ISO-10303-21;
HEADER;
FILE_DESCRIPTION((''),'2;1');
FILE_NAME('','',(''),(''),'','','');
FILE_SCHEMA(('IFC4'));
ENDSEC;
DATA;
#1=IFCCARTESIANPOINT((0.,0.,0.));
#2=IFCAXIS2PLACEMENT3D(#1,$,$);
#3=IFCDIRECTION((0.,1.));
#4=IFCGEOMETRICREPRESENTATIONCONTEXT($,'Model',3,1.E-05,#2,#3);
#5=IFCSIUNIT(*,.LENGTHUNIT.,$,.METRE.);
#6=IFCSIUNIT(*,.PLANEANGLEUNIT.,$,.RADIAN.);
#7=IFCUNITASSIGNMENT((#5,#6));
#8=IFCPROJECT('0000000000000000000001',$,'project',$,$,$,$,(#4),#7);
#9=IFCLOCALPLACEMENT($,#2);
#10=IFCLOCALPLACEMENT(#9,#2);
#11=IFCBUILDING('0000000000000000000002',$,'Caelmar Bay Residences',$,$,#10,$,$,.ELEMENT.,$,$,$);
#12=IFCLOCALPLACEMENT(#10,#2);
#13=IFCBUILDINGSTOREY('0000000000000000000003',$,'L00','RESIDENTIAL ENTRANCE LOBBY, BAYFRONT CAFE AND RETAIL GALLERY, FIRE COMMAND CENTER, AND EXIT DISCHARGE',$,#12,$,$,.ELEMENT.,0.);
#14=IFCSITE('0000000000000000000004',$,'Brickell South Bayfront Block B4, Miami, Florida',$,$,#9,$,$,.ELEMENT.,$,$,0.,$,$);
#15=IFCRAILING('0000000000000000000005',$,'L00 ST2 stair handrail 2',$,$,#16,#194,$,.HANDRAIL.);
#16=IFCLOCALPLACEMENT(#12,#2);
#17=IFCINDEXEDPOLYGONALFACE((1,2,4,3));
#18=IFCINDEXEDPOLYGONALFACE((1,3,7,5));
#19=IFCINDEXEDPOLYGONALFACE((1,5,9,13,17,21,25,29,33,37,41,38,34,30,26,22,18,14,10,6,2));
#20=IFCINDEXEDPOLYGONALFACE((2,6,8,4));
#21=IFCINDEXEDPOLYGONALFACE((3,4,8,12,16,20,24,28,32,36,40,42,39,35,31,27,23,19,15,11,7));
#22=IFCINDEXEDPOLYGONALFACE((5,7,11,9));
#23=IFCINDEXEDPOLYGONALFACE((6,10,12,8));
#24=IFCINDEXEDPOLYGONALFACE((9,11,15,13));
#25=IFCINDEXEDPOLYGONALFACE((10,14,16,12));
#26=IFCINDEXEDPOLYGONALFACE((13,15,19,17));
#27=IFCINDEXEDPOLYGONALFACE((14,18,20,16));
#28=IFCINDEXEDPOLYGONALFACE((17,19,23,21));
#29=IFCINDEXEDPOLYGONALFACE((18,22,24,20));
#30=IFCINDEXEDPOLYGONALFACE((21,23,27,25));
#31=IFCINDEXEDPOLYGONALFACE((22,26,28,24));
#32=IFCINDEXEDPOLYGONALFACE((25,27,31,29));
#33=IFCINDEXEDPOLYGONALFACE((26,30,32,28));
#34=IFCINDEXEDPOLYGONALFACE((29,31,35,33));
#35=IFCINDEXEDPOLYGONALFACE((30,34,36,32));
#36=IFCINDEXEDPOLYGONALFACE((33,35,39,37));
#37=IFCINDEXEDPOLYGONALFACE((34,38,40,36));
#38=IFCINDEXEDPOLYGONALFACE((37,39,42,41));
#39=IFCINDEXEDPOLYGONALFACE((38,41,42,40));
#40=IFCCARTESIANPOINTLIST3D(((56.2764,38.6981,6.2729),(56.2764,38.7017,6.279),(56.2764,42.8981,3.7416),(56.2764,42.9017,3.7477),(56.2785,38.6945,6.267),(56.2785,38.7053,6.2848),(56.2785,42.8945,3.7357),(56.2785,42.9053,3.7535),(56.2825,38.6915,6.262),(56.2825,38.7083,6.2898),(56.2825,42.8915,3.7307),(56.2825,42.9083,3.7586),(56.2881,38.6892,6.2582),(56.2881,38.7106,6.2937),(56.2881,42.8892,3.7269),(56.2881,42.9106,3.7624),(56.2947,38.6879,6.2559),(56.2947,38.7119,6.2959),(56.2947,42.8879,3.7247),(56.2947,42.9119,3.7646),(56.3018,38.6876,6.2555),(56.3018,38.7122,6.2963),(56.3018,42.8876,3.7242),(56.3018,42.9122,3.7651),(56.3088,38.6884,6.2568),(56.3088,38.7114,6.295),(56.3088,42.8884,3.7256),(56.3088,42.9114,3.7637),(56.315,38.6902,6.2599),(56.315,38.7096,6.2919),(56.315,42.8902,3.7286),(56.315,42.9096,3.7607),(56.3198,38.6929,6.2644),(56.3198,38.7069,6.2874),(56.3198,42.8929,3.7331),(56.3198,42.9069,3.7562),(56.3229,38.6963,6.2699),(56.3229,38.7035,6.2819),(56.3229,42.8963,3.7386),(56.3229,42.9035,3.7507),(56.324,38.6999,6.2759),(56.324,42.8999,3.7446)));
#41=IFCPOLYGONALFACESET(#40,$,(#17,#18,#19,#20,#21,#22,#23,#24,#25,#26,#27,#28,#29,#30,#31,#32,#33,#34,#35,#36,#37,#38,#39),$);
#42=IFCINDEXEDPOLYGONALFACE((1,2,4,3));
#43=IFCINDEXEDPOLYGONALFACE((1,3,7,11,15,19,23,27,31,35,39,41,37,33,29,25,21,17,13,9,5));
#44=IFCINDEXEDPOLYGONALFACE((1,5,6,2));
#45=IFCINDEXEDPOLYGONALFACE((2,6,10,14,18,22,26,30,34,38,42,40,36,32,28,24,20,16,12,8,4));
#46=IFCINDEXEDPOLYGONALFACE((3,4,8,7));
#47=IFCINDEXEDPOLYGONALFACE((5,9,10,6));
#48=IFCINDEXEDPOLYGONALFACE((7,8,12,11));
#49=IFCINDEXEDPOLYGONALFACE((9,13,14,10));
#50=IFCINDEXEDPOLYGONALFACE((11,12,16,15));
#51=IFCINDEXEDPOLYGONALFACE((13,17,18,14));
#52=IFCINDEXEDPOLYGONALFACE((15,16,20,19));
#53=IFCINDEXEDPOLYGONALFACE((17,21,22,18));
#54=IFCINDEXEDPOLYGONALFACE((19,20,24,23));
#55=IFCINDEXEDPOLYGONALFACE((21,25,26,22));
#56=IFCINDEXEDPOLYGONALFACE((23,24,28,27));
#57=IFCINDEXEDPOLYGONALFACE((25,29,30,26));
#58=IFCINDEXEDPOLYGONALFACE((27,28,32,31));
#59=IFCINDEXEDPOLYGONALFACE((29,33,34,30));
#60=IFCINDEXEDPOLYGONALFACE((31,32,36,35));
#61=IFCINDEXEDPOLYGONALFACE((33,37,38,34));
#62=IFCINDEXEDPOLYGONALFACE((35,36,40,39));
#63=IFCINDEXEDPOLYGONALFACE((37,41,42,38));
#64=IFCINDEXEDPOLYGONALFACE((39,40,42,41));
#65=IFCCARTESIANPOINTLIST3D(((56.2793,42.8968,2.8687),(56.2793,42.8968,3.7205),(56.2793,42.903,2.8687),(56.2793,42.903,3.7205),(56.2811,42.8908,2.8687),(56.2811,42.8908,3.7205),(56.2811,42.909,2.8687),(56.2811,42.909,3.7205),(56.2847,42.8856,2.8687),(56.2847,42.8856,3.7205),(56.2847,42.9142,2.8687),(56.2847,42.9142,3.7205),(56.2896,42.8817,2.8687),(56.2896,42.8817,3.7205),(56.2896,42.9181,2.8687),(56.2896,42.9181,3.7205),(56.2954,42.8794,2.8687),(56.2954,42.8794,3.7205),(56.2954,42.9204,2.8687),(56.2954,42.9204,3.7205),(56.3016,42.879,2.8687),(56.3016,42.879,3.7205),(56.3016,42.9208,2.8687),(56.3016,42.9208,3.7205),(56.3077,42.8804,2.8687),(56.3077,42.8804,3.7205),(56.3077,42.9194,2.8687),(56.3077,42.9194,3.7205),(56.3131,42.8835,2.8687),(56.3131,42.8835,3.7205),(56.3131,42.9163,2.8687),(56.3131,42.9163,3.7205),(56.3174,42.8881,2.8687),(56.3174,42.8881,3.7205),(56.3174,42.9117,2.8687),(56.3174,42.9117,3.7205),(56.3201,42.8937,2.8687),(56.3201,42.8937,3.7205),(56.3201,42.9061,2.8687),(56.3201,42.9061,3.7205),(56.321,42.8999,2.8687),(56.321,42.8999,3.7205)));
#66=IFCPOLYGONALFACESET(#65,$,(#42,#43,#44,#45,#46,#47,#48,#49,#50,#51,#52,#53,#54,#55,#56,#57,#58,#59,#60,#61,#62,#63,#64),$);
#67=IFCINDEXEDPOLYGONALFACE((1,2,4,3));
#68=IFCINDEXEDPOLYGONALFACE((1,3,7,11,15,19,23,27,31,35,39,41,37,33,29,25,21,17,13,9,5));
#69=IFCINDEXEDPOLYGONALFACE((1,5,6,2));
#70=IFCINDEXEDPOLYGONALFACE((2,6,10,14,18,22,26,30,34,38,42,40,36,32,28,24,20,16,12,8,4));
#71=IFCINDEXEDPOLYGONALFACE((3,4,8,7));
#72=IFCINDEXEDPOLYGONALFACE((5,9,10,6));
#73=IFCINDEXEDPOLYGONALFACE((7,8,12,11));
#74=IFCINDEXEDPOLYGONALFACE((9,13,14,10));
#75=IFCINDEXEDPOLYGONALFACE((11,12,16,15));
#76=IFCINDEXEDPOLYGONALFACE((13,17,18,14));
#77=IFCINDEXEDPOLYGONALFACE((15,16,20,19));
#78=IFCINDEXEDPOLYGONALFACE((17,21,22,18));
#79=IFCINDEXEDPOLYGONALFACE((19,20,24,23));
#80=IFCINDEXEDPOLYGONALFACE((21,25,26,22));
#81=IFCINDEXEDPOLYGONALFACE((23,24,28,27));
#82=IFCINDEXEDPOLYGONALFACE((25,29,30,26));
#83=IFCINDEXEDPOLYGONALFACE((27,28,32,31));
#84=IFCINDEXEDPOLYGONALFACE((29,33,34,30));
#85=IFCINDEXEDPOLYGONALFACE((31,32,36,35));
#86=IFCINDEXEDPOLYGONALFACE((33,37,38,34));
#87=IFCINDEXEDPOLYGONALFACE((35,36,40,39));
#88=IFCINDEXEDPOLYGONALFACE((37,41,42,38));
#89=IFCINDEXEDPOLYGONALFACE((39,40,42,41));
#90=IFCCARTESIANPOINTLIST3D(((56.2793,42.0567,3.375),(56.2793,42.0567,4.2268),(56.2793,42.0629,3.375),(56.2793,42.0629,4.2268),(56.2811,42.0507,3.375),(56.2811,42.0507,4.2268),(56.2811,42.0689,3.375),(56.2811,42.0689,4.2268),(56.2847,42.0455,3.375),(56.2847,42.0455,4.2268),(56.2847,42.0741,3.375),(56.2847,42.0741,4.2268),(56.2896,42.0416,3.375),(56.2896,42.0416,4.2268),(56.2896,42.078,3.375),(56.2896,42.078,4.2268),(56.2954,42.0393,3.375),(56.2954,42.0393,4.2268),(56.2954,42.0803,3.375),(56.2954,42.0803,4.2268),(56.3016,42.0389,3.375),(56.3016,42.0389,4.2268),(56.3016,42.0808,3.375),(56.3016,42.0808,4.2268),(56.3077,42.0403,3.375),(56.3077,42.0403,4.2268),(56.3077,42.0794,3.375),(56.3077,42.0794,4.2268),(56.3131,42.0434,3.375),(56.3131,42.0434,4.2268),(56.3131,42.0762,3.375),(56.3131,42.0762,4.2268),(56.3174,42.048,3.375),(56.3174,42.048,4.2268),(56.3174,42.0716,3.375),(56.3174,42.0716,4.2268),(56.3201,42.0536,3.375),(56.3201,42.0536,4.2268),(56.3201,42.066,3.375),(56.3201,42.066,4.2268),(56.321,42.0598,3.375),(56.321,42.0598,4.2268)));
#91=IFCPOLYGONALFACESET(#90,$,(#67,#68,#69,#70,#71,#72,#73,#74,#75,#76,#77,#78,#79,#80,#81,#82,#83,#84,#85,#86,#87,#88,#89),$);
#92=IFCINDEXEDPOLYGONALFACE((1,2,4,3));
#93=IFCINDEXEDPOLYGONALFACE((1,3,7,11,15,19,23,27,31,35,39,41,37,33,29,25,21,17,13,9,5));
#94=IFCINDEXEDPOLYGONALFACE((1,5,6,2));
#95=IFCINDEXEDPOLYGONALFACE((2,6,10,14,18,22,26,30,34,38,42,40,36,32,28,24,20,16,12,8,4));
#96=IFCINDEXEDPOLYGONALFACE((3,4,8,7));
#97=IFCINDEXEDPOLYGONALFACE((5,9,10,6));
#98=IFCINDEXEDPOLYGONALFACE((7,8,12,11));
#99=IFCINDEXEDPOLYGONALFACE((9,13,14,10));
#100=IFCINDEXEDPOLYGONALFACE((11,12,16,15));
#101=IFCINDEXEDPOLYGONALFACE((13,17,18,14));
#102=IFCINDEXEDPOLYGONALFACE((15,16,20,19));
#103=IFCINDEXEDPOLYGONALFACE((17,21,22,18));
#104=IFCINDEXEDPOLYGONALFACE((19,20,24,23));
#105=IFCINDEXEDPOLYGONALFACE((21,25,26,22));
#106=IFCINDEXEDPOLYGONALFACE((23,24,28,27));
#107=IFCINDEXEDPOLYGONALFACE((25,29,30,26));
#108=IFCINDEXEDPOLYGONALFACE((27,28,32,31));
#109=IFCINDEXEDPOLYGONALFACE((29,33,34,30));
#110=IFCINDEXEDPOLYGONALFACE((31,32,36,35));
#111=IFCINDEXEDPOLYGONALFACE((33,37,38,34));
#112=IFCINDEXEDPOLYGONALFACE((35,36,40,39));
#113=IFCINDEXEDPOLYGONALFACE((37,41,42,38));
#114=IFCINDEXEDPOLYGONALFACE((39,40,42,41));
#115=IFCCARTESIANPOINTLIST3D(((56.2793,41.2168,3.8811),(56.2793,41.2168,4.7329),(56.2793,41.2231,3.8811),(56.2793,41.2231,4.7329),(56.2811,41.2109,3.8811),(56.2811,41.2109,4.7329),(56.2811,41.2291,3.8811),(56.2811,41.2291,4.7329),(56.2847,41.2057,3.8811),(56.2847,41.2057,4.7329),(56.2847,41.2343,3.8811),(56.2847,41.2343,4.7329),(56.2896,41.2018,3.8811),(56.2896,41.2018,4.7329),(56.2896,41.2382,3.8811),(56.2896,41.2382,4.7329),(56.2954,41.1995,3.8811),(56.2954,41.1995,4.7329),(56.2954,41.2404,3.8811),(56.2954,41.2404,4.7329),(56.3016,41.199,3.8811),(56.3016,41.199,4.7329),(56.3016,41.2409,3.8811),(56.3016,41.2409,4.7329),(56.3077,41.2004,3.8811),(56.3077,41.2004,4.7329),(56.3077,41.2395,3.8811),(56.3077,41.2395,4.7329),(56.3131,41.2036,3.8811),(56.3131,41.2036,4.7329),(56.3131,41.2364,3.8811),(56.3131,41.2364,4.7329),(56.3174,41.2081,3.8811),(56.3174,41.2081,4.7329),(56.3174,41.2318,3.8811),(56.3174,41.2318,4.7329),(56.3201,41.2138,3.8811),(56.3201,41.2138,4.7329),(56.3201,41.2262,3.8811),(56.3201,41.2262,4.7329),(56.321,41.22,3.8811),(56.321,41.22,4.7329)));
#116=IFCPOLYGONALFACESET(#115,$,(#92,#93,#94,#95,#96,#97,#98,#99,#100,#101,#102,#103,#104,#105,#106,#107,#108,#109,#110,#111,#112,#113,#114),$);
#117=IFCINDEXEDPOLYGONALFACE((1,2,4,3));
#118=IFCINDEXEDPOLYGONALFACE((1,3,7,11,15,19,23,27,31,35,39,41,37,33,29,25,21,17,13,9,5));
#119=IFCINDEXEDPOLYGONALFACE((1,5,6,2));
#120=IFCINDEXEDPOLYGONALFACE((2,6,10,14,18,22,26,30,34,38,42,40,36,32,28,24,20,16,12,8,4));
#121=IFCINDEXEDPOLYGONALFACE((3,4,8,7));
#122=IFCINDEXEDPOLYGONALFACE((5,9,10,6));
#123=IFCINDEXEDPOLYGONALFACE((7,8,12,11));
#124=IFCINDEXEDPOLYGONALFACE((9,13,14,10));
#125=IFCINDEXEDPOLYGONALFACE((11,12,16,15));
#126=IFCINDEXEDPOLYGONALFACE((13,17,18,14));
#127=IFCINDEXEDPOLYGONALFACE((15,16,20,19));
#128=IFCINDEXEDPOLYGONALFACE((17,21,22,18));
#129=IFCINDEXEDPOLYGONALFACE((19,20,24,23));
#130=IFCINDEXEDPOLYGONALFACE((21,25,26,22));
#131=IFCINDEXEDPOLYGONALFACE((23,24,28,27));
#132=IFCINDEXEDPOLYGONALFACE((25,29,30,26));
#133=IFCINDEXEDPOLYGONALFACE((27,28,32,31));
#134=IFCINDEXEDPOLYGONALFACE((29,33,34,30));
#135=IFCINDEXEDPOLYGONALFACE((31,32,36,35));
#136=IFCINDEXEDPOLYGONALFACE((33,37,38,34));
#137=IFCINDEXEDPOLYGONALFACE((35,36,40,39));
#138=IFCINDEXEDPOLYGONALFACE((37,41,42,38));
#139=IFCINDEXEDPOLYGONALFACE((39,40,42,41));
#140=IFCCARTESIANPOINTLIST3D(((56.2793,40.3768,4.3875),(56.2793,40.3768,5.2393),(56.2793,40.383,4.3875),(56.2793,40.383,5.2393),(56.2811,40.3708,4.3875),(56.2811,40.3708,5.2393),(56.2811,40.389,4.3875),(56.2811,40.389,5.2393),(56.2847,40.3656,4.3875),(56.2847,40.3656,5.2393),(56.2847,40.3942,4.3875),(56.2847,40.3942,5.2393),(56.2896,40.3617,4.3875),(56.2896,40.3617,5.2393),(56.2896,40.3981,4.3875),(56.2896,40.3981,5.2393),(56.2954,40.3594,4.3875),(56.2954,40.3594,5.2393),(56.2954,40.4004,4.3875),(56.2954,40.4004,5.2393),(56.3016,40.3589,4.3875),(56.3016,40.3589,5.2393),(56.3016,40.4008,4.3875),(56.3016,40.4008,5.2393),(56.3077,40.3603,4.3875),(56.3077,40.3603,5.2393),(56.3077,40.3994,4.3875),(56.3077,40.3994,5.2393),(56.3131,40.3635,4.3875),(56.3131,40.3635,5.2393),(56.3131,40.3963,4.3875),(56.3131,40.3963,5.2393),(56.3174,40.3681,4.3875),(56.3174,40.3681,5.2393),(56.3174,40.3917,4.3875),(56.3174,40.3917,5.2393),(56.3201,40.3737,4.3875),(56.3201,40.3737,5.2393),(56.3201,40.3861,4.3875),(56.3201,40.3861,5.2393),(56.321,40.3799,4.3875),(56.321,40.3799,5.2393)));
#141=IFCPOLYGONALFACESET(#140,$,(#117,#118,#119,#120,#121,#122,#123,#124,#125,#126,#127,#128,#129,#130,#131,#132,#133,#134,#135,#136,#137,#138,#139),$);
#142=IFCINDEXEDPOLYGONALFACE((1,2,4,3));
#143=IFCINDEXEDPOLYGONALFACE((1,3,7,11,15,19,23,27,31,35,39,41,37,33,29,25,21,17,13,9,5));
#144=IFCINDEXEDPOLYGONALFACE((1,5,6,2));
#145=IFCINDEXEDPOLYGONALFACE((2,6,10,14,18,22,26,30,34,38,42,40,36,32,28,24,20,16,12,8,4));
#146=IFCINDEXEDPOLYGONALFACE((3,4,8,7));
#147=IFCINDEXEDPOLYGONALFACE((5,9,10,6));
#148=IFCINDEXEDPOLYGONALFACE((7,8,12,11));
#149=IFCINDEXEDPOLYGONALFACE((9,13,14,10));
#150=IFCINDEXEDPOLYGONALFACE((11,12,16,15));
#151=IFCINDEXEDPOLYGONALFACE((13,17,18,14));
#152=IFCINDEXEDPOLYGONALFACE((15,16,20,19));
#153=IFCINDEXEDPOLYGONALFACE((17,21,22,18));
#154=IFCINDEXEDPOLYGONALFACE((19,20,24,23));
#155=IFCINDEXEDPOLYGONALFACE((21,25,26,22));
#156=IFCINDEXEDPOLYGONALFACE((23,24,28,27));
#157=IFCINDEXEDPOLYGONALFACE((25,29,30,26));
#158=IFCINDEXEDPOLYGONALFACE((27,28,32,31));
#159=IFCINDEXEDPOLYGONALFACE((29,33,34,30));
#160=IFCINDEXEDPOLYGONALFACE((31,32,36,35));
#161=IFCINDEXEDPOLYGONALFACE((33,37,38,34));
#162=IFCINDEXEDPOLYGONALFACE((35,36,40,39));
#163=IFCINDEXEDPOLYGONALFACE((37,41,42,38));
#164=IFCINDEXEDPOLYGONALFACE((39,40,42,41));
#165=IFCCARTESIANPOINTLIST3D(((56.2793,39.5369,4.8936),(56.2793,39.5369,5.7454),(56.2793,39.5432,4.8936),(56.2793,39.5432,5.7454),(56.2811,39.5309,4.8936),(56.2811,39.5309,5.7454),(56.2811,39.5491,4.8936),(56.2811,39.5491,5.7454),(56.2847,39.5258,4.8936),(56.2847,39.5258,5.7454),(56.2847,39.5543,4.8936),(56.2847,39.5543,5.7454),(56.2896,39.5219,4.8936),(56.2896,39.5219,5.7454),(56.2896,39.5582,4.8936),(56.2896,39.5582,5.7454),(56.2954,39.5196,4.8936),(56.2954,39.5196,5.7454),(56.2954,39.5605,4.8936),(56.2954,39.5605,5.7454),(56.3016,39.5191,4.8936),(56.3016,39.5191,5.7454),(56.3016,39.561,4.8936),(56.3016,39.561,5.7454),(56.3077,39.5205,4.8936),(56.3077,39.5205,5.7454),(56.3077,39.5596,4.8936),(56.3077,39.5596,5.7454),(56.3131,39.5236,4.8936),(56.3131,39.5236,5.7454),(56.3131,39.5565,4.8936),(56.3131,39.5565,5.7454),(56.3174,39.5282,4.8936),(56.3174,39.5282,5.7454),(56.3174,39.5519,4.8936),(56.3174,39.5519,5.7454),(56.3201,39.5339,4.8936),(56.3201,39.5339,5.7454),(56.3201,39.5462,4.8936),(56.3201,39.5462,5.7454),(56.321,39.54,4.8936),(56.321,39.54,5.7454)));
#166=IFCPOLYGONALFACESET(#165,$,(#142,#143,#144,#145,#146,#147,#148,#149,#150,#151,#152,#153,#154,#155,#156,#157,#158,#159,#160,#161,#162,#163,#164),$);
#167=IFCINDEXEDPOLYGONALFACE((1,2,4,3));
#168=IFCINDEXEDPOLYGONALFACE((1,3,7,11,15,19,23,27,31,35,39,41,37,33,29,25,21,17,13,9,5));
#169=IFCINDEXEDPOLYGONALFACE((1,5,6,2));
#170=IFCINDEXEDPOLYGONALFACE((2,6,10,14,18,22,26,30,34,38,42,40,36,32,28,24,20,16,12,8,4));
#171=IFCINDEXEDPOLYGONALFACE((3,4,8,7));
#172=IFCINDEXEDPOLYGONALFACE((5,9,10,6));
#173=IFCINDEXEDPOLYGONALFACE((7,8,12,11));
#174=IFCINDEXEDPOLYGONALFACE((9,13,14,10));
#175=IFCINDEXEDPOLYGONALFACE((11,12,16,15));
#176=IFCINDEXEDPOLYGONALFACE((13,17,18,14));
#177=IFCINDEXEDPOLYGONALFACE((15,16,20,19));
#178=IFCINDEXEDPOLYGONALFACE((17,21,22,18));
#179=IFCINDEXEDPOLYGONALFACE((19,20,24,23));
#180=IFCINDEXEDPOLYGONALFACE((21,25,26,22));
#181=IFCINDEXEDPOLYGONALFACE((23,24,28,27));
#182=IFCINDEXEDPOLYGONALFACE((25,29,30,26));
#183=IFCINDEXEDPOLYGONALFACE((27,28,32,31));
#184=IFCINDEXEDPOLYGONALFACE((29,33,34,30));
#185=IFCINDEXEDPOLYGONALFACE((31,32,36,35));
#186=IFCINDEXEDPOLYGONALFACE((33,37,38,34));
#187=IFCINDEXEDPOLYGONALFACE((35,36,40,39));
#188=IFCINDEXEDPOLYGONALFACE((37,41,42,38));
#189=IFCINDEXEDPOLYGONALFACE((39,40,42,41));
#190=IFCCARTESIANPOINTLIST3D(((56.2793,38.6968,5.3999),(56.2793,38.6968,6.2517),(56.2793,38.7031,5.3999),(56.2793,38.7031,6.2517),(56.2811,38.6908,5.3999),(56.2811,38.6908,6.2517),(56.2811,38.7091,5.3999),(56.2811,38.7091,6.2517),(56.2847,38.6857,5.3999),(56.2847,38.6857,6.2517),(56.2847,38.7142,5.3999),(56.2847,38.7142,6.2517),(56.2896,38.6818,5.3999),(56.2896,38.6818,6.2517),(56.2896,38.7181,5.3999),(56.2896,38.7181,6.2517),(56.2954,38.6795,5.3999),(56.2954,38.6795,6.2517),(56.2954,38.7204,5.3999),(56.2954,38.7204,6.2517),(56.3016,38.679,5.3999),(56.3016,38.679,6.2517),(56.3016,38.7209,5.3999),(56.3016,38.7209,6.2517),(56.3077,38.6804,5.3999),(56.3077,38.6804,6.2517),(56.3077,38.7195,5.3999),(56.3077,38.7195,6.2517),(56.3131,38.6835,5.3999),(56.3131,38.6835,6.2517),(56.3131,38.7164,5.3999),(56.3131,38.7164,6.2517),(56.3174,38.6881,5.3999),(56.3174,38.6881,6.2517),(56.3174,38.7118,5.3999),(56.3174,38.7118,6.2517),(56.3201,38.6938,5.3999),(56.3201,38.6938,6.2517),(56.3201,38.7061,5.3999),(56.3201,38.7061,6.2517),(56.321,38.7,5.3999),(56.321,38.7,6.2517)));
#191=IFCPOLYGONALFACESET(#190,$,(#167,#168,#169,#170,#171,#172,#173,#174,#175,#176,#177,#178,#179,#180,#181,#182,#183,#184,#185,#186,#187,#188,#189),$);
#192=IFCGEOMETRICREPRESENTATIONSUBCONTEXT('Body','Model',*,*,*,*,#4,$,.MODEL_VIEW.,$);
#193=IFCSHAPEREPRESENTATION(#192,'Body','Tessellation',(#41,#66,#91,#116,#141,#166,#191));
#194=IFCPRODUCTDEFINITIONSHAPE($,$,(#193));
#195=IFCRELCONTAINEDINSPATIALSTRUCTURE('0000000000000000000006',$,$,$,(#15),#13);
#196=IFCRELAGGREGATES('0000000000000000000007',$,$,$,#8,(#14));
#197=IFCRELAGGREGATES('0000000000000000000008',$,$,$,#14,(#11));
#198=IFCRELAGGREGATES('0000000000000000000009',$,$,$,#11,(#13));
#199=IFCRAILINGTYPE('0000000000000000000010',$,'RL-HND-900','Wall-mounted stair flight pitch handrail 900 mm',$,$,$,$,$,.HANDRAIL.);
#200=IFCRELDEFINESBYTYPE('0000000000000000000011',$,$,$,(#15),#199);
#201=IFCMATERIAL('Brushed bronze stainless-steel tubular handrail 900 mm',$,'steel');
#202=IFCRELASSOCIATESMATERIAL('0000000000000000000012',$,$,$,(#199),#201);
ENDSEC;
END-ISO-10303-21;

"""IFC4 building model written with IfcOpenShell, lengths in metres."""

from ifc_helpers import new_model, si_unit, direction, frame, origin, origin_2d, place, context, subcontext, project, spatial, circle, extrude, material, type_object, element, save


model = new_model("IFC4")

# Units and contexts
model_context = context("Model", 3, precision=1e-05, world=origin(), true_north=direction((0.0, 1.0)))
body_context = subcontext(model_context, "Body", "Model", "MODEL_VIEW")
ifc_project = project(units=[si_unit("LENGTHUNIT", "METRE"), si_unit("PLANEANGLEUNIT", "RADIAN")], contexts=[model_context])

# Site, building, storey
site_placement = place(None, origin())
site = spatial("IfcSite", under=ifc_project, at=site_placement, Name="Brickell South Bayfront Block B4, Miami, Florida", CompositionType="ELEMENT", RefElevation=0.0)
building_placement = place(site_placement, origin())
building = spatial("IfcBuilding", under=site, at=building_placement, Name="Caelmar Bay Residences", CompositionType="ELEMENT")
storey_placement = place(building_placement, origin())
storey = spatial("IfcBuildingStorey", under=building, at=storey_placement, Name="L00", Description="RESIDENTIAL ENTRANCE LOBBY, BAYFRONT CAFE AND RETAIL GALLERY, FIRE COMMAND CENTER, AND EXIT DISCHARGE", CompositionType="ELEMENT", Elevation=0.0)

# Railing
ifc_material_1 = material(Name="Brushed bronze stainless-steel tubular handrail 900 mm", Category="steel")
railing_type_1 = type_object("IfcRailingType", Name="RL-HND-900", Description="Wall-mounted stair flight pitch handrail 900 mm", PredefinedType="HANDRAIL", material=ifc_material_1)
railing_1_placement = place(storey_placement, frame((56.3, 42.8999, 2.8687)))
element("IfcRailing", 1, at=railing_1_placement, inside=storey, type_object=railing_type_1, Name="L00 ST2 stair handrail 2", PredefinedType="HANDRAIL", context=body_context, shape_type="SweptSolid", body=[
    extrude(circle(Radius=0.0239, at=origin_2d()), frame((0.0, 0.0, 0.876), z_axis=(0.0, -0.856476, 0.516186), x_axis=(1.0, 0.0, 0.0)), (0.0, 0.0, 1.0), 4.9038),
    extrude(circle(Radius=0.021, at=origin_2d()), origin(), (0.0, 0.0, 1.0), 0.8518),
    extrude(circle(Radius=0.021, at=origin_2d()), frame((0.0, -0.8401, 0.5063)), (0.0, 0.0, 1.0), 0.8518),
    extrude(circle(Radius=0.021, at=origin_2d()), frame((0.0, -1.6799, 1.0125)), (0.0, 0.0, 1.0), 0.8518),
    extrude(circle(Radius=0.021, at=origin_2d()), frame((0.0, -2.52, 1.5188)), (0.0, 0.0, 1.0), 0.8518),
    extrude(circle(Radius=0.021, at=origin_2d()), frame((0.0, -3.3599, 2.0249)), (0.0, 0.0, 1.0), 0.8518),
    extrude(circle(Radius=0.021, at=origin_2d()), frame((0.0, -4.2, 2.5312)), (0.0, 0.0, 1.0), 0.8518),
])

save(model, "model.ifc")
